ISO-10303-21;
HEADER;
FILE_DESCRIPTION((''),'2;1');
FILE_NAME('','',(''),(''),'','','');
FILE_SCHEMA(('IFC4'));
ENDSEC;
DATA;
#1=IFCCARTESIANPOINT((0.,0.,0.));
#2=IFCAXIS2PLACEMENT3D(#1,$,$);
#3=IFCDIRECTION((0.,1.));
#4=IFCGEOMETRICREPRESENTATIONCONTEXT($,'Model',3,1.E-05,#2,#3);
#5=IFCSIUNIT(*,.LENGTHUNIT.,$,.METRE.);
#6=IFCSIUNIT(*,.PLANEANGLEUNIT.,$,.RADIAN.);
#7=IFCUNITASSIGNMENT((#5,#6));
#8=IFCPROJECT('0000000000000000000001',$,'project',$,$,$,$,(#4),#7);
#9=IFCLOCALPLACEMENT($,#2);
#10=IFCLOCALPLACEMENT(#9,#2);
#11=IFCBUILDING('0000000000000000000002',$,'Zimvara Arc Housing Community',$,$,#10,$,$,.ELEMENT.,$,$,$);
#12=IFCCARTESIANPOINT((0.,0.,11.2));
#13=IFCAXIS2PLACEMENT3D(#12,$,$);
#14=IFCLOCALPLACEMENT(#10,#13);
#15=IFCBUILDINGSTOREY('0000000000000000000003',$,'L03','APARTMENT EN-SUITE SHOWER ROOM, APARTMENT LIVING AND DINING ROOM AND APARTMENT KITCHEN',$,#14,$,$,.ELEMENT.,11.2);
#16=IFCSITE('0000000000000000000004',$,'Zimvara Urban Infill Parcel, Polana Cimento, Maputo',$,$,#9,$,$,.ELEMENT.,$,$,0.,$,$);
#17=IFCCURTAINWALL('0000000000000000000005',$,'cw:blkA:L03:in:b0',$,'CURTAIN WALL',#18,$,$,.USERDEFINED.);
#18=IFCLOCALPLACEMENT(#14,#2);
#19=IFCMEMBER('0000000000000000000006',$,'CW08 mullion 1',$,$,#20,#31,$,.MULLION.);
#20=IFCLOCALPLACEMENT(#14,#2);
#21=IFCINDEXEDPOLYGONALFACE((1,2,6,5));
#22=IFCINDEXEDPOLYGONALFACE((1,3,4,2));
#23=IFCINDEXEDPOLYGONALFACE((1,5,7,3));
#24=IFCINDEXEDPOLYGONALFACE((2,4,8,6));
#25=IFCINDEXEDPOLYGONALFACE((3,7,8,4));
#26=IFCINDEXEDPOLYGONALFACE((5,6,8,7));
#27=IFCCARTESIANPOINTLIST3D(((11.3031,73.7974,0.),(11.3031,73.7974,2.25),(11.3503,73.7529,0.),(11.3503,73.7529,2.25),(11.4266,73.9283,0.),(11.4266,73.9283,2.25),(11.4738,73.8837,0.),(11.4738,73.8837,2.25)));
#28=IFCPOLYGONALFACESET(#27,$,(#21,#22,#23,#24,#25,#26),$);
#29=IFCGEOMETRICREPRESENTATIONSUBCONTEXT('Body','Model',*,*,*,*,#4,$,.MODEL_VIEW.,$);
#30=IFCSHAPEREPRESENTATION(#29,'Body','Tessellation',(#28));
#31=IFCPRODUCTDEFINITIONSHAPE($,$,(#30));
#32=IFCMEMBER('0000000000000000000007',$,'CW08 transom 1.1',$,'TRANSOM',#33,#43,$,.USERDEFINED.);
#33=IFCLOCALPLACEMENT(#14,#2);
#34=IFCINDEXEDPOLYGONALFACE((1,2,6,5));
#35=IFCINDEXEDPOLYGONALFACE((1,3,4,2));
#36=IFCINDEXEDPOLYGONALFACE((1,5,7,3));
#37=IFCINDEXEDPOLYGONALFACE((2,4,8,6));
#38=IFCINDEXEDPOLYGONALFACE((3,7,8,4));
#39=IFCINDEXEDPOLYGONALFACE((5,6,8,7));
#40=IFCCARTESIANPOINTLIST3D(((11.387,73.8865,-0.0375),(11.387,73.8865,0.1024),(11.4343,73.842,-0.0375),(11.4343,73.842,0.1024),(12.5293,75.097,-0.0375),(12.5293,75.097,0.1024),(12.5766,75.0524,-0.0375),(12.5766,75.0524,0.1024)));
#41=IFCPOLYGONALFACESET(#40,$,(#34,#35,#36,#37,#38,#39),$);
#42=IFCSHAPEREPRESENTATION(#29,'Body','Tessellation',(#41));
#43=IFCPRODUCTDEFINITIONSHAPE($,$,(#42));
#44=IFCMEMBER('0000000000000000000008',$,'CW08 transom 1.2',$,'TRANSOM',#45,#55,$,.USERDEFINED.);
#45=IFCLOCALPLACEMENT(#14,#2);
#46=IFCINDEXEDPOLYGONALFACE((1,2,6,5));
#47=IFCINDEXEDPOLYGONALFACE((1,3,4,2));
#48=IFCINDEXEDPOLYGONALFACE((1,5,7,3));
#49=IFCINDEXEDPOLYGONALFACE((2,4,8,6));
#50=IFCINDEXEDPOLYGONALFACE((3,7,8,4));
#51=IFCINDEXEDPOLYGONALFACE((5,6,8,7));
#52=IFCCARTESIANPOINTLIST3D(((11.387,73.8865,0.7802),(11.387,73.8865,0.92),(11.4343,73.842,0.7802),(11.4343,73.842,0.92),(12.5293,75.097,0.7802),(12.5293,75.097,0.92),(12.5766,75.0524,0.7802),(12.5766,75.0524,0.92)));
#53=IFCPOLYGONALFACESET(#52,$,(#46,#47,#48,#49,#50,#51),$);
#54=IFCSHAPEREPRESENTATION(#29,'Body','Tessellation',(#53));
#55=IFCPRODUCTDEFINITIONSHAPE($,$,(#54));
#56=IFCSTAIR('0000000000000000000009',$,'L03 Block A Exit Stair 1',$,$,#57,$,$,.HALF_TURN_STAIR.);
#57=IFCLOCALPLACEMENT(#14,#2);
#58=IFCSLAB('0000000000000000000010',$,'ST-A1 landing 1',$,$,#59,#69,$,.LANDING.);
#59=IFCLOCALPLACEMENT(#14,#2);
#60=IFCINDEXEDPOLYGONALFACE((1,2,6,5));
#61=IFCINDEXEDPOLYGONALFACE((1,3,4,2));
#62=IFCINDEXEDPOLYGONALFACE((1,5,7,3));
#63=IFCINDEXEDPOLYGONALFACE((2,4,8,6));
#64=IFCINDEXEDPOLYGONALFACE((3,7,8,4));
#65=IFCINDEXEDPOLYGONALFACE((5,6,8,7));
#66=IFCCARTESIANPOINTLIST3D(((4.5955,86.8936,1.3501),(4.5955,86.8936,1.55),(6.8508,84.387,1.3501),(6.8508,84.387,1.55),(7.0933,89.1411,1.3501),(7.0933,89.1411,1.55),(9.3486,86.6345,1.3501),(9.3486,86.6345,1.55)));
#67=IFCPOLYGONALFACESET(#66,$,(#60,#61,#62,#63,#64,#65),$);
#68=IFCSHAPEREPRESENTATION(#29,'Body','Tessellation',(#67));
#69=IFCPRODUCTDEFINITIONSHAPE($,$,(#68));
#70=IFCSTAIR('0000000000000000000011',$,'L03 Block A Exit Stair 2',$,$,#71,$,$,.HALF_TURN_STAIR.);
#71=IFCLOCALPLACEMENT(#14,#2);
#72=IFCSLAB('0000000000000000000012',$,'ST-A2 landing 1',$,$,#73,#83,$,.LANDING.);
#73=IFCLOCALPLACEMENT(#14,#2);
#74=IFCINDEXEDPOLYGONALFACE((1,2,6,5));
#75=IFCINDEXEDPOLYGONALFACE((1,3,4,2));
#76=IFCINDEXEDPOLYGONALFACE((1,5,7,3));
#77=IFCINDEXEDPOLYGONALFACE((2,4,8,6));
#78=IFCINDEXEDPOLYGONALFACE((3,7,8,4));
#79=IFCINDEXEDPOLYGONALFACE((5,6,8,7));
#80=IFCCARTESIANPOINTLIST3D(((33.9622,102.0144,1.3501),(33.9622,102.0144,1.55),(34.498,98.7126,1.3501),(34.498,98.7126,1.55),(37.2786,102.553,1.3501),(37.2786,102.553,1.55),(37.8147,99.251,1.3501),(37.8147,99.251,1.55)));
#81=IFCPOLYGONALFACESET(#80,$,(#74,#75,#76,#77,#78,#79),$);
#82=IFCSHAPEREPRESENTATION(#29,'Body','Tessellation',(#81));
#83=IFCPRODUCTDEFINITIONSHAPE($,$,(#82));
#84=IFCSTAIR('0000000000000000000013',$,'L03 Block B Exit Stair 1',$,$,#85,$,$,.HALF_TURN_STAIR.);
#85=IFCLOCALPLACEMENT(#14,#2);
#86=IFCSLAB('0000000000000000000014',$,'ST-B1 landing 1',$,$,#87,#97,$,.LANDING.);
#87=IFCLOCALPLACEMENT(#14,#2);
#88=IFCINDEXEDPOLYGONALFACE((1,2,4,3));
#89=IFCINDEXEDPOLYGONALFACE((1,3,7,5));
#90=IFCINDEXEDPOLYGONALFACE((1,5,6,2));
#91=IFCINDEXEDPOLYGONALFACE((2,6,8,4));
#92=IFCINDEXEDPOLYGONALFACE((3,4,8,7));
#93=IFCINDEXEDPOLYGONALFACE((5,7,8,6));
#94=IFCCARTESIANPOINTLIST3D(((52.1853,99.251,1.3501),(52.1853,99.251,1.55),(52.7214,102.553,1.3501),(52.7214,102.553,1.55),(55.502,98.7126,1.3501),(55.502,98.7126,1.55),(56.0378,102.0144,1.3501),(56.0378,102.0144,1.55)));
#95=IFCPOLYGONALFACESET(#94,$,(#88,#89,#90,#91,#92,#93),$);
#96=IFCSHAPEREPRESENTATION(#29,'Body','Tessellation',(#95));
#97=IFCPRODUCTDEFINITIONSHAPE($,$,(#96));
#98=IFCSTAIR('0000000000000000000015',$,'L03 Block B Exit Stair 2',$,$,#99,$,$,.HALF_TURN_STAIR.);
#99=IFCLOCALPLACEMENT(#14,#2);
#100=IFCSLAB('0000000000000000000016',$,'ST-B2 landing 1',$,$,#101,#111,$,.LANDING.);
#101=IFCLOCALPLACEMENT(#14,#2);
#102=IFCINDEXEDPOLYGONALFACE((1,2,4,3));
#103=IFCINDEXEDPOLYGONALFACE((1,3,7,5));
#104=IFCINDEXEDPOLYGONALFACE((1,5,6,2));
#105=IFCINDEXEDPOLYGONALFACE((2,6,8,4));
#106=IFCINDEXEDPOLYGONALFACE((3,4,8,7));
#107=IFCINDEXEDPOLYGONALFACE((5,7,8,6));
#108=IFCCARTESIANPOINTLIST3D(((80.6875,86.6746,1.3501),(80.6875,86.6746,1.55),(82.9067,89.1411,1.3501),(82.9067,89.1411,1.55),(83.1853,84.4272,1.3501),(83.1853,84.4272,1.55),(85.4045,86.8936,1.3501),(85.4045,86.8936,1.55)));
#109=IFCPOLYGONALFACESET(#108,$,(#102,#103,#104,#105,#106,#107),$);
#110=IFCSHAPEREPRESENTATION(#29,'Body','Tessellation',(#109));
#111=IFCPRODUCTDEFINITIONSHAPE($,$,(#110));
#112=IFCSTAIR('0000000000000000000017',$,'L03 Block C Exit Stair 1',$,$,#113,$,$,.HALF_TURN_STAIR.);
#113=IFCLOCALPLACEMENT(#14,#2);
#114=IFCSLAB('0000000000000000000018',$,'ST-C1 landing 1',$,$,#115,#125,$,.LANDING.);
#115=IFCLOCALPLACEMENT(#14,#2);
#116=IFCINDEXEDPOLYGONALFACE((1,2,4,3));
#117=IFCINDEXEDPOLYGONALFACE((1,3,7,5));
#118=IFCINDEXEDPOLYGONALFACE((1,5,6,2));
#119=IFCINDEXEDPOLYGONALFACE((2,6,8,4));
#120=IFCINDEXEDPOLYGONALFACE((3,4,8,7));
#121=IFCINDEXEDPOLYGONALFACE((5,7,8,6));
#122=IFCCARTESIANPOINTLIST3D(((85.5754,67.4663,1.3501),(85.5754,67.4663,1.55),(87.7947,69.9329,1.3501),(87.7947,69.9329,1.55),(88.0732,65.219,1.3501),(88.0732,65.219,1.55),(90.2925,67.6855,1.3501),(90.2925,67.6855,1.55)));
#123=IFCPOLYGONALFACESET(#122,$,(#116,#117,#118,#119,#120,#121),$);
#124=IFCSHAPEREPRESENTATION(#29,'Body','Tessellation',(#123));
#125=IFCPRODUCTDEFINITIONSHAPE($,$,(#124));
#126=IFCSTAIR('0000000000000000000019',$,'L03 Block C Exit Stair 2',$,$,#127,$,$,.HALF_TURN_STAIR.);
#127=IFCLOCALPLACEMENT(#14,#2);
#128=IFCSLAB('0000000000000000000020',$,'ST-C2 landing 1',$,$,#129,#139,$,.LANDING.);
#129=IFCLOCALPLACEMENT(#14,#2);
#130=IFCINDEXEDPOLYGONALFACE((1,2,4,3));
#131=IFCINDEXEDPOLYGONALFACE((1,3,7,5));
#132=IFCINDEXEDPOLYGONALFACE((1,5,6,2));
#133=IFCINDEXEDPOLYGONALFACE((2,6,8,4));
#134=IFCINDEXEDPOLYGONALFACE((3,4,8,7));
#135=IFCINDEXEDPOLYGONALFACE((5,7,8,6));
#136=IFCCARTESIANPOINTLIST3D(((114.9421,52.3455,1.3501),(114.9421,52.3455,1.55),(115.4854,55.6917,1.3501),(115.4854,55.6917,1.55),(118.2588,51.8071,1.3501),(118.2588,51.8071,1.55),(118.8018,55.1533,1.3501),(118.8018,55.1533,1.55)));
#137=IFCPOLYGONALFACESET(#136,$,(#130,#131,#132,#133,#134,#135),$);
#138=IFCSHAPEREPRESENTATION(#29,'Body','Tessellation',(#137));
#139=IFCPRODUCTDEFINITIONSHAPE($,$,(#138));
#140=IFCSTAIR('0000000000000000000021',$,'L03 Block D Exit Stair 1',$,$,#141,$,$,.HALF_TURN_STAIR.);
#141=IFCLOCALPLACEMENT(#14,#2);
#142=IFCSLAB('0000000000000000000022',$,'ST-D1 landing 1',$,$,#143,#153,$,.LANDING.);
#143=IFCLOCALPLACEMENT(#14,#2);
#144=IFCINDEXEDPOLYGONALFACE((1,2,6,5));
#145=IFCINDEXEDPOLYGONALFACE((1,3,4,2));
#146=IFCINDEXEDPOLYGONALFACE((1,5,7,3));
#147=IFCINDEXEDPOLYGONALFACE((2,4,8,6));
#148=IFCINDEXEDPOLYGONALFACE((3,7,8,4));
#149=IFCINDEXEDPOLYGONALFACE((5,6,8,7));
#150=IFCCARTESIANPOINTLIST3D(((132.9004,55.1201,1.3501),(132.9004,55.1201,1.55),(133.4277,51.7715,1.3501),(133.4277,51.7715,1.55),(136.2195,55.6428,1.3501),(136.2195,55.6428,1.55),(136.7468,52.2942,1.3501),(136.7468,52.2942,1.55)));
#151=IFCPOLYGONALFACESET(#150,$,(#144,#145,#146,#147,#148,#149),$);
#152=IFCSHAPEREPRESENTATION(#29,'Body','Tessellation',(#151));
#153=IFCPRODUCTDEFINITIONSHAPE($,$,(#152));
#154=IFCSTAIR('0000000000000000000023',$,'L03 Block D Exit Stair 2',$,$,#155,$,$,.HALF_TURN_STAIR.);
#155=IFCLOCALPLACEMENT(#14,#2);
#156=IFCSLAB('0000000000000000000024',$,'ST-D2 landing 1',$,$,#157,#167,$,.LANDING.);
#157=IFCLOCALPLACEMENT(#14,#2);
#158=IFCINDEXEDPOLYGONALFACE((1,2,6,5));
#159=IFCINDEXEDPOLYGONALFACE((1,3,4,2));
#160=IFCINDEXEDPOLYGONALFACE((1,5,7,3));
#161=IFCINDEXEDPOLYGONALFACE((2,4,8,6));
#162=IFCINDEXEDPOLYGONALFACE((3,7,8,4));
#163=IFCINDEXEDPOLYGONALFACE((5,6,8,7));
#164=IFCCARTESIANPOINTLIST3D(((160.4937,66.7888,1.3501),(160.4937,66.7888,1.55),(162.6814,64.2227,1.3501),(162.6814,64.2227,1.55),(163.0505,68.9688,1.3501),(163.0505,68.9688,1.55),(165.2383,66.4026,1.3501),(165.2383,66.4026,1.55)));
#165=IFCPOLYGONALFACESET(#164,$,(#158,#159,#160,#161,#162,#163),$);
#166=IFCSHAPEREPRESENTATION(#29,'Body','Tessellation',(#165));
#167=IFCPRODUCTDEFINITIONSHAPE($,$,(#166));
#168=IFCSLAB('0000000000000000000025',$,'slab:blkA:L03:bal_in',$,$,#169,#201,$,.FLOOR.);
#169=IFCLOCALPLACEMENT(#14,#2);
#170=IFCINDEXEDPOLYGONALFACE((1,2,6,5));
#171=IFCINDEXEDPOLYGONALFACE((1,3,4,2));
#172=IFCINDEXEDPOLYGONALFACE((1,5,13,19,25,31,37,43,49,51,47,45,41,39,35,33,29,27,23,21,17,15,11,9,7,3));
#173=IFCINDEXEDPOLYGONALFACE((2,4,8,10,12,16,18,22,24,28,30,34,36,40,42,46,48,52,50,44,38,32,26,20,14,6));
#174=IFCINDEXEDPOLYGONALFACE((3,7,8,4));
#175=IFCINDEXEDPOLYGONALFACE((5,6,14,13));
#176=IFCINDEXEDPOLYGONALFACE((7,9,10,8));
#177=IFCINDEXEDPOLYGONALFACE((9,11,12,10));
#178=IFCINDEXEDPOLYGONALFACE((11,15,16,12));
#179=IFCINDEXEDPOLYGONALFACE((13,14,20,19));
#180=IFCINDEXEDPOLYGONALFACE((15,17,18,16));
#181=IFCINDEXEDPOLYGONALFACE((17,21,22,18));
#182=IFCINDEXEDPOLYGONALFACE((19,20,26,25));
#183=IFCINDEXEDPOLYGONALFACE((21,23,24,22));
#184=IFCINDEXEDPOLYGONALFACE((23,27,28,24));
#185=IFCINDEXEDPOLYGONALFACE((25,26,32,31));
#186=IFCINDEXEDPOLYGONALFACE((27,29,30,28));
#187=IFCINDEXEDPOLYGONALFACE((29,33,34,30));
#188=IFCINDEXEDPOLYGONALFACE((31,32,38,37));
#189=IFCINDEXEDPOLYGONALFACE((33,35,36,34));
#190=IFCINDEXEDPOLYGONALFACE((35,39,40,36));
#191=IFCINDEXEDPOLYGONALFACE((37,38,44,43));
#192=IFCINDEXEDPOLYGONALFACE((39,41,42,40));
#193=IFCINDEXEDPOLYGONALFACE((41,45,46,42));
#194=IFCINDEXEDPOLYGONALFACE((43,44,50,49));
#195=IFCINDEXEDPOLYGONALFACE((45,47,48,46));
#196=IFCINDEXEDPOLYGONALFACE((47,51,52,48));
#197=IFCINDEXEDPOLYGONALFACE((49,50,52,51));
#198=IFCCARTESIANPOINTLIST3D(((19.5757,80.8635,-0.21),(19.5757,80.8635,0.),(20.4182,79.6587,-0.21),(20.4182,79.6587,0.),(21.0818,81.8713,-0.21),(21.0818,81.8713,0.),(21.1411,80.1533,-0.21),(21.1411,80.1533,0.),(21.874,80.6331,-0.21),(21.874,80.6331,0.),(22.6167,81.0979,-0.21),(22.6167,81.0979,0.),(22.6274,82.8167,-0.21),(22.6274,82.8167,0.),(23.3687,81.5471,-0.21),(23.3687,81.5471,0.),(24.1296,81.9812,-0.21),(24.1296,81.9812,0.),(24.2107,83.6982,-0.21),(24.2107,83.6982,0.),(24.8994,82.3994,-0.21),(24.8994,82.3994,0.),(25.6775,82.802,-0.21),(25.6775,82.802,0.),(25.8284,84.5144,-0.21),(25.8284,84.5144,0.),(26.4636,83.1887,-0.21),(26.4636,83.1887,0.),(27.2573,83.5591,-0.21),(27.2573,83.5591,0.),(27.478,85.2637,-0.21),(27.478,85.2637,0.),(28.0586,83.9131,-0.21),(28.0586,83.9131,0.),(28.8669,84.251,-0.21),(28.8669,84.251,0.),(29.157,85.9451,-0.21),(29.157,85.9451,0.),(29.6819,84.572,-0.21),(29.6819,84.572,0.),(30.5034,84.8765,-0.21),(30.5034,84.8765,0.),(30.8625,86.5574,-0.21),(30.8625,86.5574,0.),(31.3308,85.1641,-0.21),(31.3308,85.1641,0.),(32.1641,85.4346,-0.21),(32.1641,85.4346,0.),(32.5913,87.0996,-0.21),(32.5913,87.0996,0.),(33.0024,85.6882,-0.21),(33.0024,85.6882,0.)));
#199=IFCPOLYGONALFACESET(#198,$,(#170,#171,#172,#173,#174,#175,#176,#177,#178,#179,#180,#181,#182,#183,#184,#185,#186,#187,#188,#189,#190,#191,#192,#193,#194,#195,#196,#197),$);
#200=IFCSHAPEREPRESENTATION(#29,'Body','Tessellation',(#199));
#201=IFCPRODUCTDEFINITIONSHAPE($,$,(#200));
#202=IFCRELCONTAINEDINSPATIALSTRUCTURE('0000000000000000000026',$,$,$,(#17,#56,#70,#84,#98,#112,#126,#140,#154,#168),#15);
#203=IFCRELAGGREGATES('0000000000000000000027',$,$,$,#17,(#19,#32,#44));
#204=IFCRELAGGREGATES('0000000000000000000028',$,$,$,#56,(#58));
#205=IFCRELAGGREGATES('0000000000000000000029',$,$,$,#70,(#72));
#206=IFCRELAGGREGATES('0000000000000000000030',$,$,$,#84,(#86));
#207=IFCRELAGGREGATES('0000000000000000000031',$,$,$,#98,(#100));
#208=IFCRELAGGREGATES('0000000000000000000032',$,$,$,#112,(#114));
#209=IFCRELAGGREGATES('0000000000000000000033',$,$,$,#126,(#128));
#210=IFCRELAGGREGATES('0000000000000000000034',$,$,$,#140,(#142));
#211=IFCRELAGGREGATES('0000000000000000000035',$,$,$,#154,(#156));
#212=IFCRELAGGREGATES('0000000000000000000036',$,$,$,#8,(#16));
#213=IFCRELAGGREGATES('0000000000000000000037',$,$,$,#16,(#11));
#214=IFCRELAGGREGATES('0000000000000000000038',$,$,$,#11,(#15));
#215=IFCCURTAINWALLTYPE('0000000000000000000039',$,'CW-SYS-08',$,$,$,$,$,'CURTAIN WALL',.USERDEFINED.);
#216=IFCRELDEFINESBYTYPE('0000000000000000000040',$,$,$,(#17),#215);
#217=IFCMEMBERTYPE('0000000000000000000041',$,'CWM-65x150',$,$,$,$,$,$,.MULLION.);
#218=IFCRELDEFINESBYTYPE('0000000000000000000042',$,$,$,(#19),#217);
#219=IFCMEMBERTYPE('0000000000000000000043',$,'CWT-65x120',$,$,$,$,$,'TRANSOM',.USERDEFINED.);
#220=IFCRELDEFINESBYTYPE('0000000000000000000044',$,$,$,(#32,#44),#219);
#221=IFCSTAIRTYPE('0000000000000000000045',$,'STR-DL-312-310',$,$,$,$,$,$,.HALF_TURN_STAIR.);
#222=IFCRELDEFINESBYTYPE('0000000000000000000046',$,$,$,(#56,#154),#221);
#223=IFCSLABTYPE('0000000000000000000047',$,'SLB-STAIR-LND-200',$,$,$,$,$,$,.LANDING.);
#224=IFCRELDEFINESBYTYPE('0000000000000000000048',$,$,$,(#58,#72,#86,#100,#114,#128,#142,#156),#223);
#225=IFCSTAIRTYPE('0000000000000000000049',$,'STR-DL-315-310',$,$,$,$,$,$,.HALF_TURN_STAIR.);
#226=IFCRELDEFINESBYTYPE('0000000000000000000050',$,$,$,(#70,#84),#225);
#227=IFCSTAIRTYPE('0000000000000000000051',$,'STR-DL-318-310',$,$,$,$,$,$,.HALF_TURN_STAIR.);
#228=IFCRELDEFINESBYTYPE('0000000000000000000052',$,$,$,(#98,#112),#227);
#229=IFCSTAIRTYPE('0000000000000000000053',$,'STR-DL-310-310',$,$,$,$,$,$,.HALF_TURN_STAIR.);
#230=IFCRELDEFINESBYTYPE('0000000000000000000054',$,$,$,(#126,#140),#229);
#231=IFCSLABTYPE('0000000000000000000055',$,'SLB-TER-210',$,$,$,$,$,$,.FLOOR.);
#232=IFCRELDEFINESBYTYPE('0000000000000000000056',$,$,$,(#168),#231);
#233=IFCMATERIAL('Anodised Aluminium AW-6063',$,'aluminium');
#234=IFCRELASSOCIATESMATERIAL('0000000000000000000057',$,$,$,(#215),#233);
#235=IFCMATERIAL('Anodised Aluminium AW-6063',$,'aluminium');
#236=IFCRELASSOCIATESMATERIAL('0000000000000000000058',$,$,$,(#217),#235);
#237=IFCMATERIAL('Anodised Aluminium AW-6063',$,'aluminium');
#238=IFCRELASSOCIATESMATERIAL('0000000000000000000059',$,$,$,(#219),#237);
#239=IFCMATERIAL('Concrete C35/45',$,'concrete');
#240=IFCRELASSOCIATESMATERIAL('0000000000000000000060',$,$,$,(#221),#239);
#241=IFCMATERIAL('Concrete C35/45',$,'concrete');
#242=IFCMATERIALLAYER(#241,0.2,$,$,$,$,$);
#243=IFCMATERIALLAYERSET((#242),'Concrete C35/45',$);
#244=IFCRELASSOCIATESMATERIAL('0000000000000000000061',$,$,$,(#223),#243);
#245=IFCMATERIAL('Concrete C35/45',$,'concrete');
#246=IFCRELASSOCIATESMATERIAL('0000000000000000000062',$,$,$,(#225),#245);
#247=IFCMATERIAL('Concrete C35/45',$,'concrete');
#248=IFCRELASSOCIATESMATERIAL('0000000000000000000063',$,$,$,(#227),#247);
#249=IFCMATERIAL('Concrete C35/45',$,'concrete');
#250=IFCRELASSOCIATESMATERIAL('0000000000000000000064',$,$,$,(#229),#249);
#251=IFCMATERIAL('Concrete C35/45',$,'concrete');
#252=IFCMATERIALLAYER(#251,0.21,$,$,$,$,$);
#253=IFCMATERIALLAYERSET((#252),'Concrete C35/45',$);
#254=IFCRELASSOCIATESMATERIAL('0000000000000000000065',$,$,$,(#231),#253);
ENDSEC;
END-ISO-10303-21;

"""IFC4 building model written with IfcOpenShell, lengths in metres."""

from ifc_helpers import new_model, si_unit, direction, frame, origin, origin_2d, place, context, subcontext, project, spatial, polyline, rectangle, outline, extrude, material, layer, layer_set, material_profile, profile_set, type_object, element, aggregate, save


model = new_model("IFC4")

# Units and contexts
model_context = context("Model", 3, precision=1e-05, world=origin(), true_north=direction((0.0, 1.0)))
body_context = subcontext(model_context, "Body", "Model", "MODEL_VIEW")
ifc_project = project(units=[si_unit("LENGTHUNIT", "METRE"), si_unit("PLANEANGLEUNIT", "RADIAN")], contexts=[model_context])

# Site, building, storey
site_placement = place(None, origin())
site = spatial("IfcSite", under=ifc_project, at=site_placement, Name="Zimvara Urban Infill Parcel, Polana Cimento, Maputo", CompositionType="ELEMENT", RefElevation=0.0)
building_placement = place(site_placement, origin())
building = spatial("IfcBuilding", under=site, at=building_placement, Name="Zimvara Arc Housing Community", CompositionType="ELEMENT")
storey_placement = place(building_placement, frame((0.0, 0.0, 11.2)))
storey = spatial("IfcBuildingStorey", under=building, at=storey_placement, Name="L03", Description="APARTMENT EN-SUITE SHOWER ROOM, APARTMENT LIVING AND DINING ROOM AND APARTMENT KITCHEN", CompositionType="ELEMENT", Elevation=11.2)

# Curtain wall, members
ifc_material_1 = material(Name="Anodised Aluminium AW-6063", Category="aluminium")
curtain_wall_type = type_object("IfcCurtainWallType", Name="CW-SYS-08", ElementType="CURTAIN WALL", PredefinedType="USERDEFINED", material=ifc_material_1)
curtain_wall_placement = place(storey_placement, origin())
curtain_wall = element("IfcCurtainWall", 1, at=curtain_wall_placement, inside=storey, type_object=curtain_wall_type, Name="cw:blkA:L03:in:b0", ObjectType="CURTAIN WALL", PredefinedType="USERDEFINED")
ifc_material_2 = material(Name="Anodised Aluminium AW-6063", Category="aluminium")
ifc_material_profile_1 = material_profile(ifc_material_2, rectangle(XDim=0.0649, YDim=0.1799, at=origin_2d()), Name="ALU 65x180")
ifc_profile_set_1 = profile_set([ifc_material_profile_1], Name="Anodised Aluminium AW-6063")
member_type_1 = type_object("IfcMemberType", Name="CWM-65x150", PredefinedType="MULLION", material=ifc_profile_set_1)
member_1_placement = place(storey_placement, frame((11.3884, 73.8406, 0.0), z_axis=(0.0, 0.0, 1.0), x_axis=(-0.727293, 0.686327, 0.0)))
member_1 = element("IfcMember", 2, at=member_1_placement, type_object=member_type_1, Name="CW08 mullion 1", PredefinedType="MULLION", context=body_context, shape_type="SweptSolid", body=[
    extrude(rectangle(XDim=0.0649, YDim=0.1799, at=origin_2d()), origin(), (0.0, 0.0, 1.0), 2.25),
])
ifc_material_3 = material(Name="Anodised Aluminium AW-6063", Category="aluminium")
ifc_material_profile_2 = material_profile(ifc_material_3, rectangle(XDim=0.0649, YDim=0.1399, at=origin_2d()), Name="ALU 65x140")
ifc_profile_set_2 = profile_set([ifc_material_profile_2], Name="Anodised Aluminium AW-6063")
member_type_2 = type_object("IfcMemberType", Name="CWT-65x120", ElementType="TRANSOM", PredefinedType="USERDEFINED", material=ifc_profile_set_2)
member_2_placement = place(storey_placement, frame((11.4106, 73.8643, 0.0325), z_axis=(0.686348, 0.727273, 0.0), x_axis=(-0.727273, 0.686348, 0.0)))
member_2 = element("IfcMember", 3, at=member_2_placement, type_object=member_type_2, Name="CW08 transom 1.1", ObjectType="TRANSOM", PredefinedType="USERDEFINED", context=body_context, shape_type="SweptSolid", body=[
    extrude(rectangle(XDim=0.0649, YDim=0.1399, at=origin_2d()), origin(), (0.0, 0.0, 1.0), 1.6643),
])
member_3_placement = place(storey_placement, frame((11.4106, 73.8643, 0.8501), z_axis=(0.686348, 0.727273, 0.0), x_axis=(-0.727273, 0.686348, 0.0)))
member_3 = element("IfcMember", 4, at=member_3_placement, type_object=member_type_2, Name="CW08 transom 1.2", ObjectType="TRANSOM", PredefinedType="USERDEFINED", context=body_context, shape_type="SweptSolid", body=[
    extrude(rectangle(XDim=0.0649, YDim=0.1399, at=origin_2d()), origin(), (0.0, 0.0, 1.0), 1.6643),
])
aggregate(curtain_wall, [member_1, member_2, member_3])

# Stairs, slabs
ifc_material_4 = material(Name="Concrete C35/45", Category="concrete")
stair_type_1 = type_object("IfcStairType", Name="STR-DL-312-310", PredefinedType="HALF_TURN_STAIR", material=ifc_material_4)
stair_1_placement = place(storey_placement, origin())
stair_1 = element("IfcStair", 5, at=stair_1_placement, inside=storey, type_object=stair_type_1, Name="L03 Block A Exit Stair 1", PredefinedType="HALF_TURN_STAIR")
ifc_material_5 = material(Name="Concrete C35/45", Category="concrete")
ifc_layer_1 = layer(ifc_material_5, 0.2)
ifc_layer_set_1 = layer_set([ifc_layer_1], Name="Concrete C35/45")
slab_type_1 = type_object("IfcSlabType", Name="SLB-STAIR-LND-200", PredefinedType="LANDING", material=ifc_layer_set_1)
slab_1_placement = place(storey_placement, frame((0.0, 0.0, 1.3501)))
slab_1 = element("IfcSlab", 6, at=slab_1_placement, type_object=slab_type_1, Name="ST-A1 landing 1", PredefinedType="LANDING", context=body_context, shape_type="SweptSolid", body=[
    extrude(outline(polyline([(9.3486, 86.6345), (7.0933, 89.1411), (4.5955, 86.8936), (6.8508, 84.387), (9.3486, 86.6345)])), origin(), (0.0, 0.0, 1.0), 0.2),
])
aggregate(stair_1, [slab_1])
ifc_material_6 = material(Name="Concrete C35/45", Category="concrete")
stair_type_2 = type_object("IfcStairType", Name="STR-DL-315-310", PredefinedType="HALF_TURN_STAIR", material=ifc_material_6)
stair_2_placement = place(storey_placement, origin())
stair_2 = element("IfcStair", 7, at=stair_2_placement, inside=storey, type_object=stair_type_2, Name="L03 Block A Exit Stair 2", PredefinedType="HALF_TURN_STAIR")
slab_2_placement = place(storey_placement, frame((0.0, 0.0, 1.3501)))
slab_2 = element("IfcSlab", 8, at=slab_2_placement, type_object=slab_type_1, Name="ST-A2 landing 1", PredefinedType="LANDING", context=body_context, shape_type="SweptSolid", body=[
    extrude(outline(polyline([(37.8147, 99.251), (37.2786, 102.553), (33.9622, 102.0144), (34.498, 98.7126), (37.8147, 99.251)])), origin(), (0.0, 0.0, 1.0), 0.2),
])
aggregate(stair_2, [slab_2])
stair_3_placement = place(storey_placement, origin())
stair_3 = element("IfcStair", 9, at=stair_3_placement, inside=storey, type_object=stair_type_2, Name="L03 Block B Exit Stair 1", PredefinedType="HALF_TURN_STAIR")
slab_3_placement = place(storey_placement, frame((0.0, 0.0, 1.3501)))
slab_3 = element("IfcSlab", 10, at=slab_3_placement, type_object=slab_type_1, Name="ST-B1 landing 1", PredefinedType="LANDING", context=body_context, shape_type="SweptSolid", body=[
    extrude(outline(polyline([(55.502, 98.7126), (56.0378, 102.0144), (52.7214, 102.553), (52.1853, 99.251), (55.502, 98.7126)])), origin(), (0.0, 0.0, 1.0), 0.2),
])
aggregate(stair_3, [slab_3])
ifc_material_7 = material(Name="Concrete C35/45", Category="concrete")
stair_type_3 = type_object("IfcStairType", Name="STR-DL-318-310", PredefinedType="HALF_TURN_STAIR", material=ifc_material_7)
stair_4_placement = place(storey_placement, origin())
stair_4 = element("IfcStair", 11, at=stair_4_placement, inside=storey, type_object=stair_type_3, Name="L03 Block B Exit Stair 2", PredefinedType="HALF_TURN_STAIR")
slab_4_placement = place(storey_placement, frame((0.0, 0.0, 1.3501)))
slab_4 = element("IfcSlab", 12, at=slab_4_placement, type_object=slab_type_1, Name="ST-B2 landing 1", PredefinedType="LANDING", context=body_context, shape_type="SweptSolid", body=[
    extrude(outline(polyline([(83.1853, 84.4272), (85.4045, 86.8936), (82.9067, 89.1411), (80.6875, 86.6746), (83.1853, 84.4272)])), origin(), (0.0, 0.0, 1.0), 0.2),
])
aggregate(stair_4, [slab_4])
stair_5_placement = place(storey_placement, origin())
stair_5 = element("IfcStair", 13, at=stair_5_placement, inside=storey, type_object=stair_type_3, Name="L03 Block C Exit Stair 1", PredefinedType="HALF_TURN_STAIR")
slab_5_placement = place(storey_placement, frame((0.0, 0.0, 1.3501)))
slab_5 = element("IfcSlab", 14, at=slab_5_placement, type_object=slab_type_1, Name="ST-C1 landing 1", PredefinedType="LANDING", context=body_context, shape_type="SweptSolid", body=[
    extrude(outline(polyline([(87.7947, 69.9329), (85.5754, 67.4663), (88.0732, 65.219), (90.2925, 67.6855), (87.7947, 69.9329)])), origin(), (0.0, 0.0, 1.0), 0.2),
])
aggregate(stair_5, [slab_5])
ifc_material_8 = material(Name="Concrete C35/45", Category="concrete")
stair_type_4 = type_object("IfcStairType", Name="STR-DL-310-310", PredefinedType="HALF_TURN_STAIR", material=ifc_material_8)
stair_6_placement = place(storey_placement, origin())
stair_6 = element("IfcStair", 15, at=stair_6_placement, inside=storey, type_object=stair_type_4, Name="L03 Block C Exit Stair 2", PredefinedType="HALF_TURN_STAIR")
slab_6_placement = place(storey_placement, frame((0.0, 0.0, 1.3501)))
slab_6 = element("IfcSlab", 16, at=slab_6_placement, type_object=slab_type_1, Name="ST-C2 landing 1", PredefinedType="LANDING", context=body_context, shape_type="SweptSolid", body=[
    extrude(outline(polyline([(115.4854, 55.6917), (114.9421, 52.3455), (118.2588, 51.8071), (118.8018, 55.1533), (115.4854, 55.6917)])), origin(), (0.0, 0.0, 1.0), 0.2),
])
aggregate(stair_6, [slab_6])
stair_7_placement = place(storey_placement, origin())
stair_7 = element("IfcStair", 17, at=stair_7_placement, inside=storey, type_object=stair_type_4, Name="L03 Block D Exit Stair 1", PredefinedType="HALF_TURN_STAIR")
slab_7_placement = place(storey_placement, frame((0.0, 0.0, 1.3501)))
slab_7 = element("IfcSlab", 18, at=slab_7_placement, type_object=slab_type_1, Name="ST-D1 landing 1", PredefinedType="LANDING", context=body_context, shape_type="SweptSolid", body=[
    extrude(outline(polyline([(132.9004, 55.1201), (133.4277, 51.7715), (136.7468, 52.2942), (136.2195, 55.6428), (132.9004, 55.1201)])), origin(), (0.0, 0.0, 1.0), 0.2),
])
aggregate(stair_7, [slab_7])
stair_8_placement = place(storey_placement, origin())
stair_8 = element("IfcStair", 19, at=stair_8_placement, inside=storey, type_object=stair_type_1, Name="L03 Block D Exit Stair 2", PredefinedType="HALF_TURN_STAIR")
slab_8_placement = place(storey_placement, frame((0.0, 0.0, 1.3501)))
slab_8 = element("IfcSlab", 20, at=slab_8_placement, type_object=slab_type_1, Name="ST-D2 landing 1", PredefinedType="LANDING", context=body_context, shape_type="SweptSolid", body=[
    extrude(outline(polyline([(160.4937, 66.7888), (162.6814, 64.2227), (165.2383, 66.4026), (163.0505, 68.9688), (160.4937, 66.7888)])), origin(), (0.0, 0.0, 1.0), 0.2),
])
aggregate(stair_8, [slab_8])

# Slab
ifc_material_9 = material(Name="Concrete C35/45", Category="concrete")
ifc_layer_2 = layer(ifc_material_9, 0.21)
ifc_layer_set_2 = layer_set([ifc_layer_2], Name="Concrete C35/45")
slab_type_2 = type_object("IfcSlabType", Name="SLB-TER-210", PredefinedType="FLOOR", material=ifc_layer_set_2)
slab_9_placement = place(storey_placement, frame((0.0, 0.0, -0.21)))
element("IfcSlab", 21, at=slab_9_placement, inside=storey, type_object=slab_type_2, Name="slab:blkA:L03:bal_in", PredefinedType="FLOOR", context=body_context, shape_type="SweptSolid", body=[
    extrude(outline(polyline([(32.5913, 87.0996), (30.8625, 86.5574), (29.157, 85.9451), (27.478, 85.2637), (25.8284, 84.5144), (24.2107, 83.6982), (22.6274, 82.8167), (21.0818, 81.8713), (19.5757, 80.8635), (20.4182, 79.6587), (21.1411, 80.1533), (21.874, 80.6331), (22.6167, 81.0979), (23.3687, 81.5471), (24.1296, 81.9812), (24.8994, 82.3994), (25.6775, 82.802), (26.4636, 83.1887), (27.2573, 83.5591), (28.0586, 83.9131), (28.8669, 84.251), (29.6819, 84.572), (30.5034, 84.8765), (31.3308, 85.1641), (32.1641, 85.4346), (33.0024, 85.6882), (32.5913, 87.0996)])), origin(), (0.0, 0.0, 1.0), 0.21),
])

save(model, "model.ifc")
